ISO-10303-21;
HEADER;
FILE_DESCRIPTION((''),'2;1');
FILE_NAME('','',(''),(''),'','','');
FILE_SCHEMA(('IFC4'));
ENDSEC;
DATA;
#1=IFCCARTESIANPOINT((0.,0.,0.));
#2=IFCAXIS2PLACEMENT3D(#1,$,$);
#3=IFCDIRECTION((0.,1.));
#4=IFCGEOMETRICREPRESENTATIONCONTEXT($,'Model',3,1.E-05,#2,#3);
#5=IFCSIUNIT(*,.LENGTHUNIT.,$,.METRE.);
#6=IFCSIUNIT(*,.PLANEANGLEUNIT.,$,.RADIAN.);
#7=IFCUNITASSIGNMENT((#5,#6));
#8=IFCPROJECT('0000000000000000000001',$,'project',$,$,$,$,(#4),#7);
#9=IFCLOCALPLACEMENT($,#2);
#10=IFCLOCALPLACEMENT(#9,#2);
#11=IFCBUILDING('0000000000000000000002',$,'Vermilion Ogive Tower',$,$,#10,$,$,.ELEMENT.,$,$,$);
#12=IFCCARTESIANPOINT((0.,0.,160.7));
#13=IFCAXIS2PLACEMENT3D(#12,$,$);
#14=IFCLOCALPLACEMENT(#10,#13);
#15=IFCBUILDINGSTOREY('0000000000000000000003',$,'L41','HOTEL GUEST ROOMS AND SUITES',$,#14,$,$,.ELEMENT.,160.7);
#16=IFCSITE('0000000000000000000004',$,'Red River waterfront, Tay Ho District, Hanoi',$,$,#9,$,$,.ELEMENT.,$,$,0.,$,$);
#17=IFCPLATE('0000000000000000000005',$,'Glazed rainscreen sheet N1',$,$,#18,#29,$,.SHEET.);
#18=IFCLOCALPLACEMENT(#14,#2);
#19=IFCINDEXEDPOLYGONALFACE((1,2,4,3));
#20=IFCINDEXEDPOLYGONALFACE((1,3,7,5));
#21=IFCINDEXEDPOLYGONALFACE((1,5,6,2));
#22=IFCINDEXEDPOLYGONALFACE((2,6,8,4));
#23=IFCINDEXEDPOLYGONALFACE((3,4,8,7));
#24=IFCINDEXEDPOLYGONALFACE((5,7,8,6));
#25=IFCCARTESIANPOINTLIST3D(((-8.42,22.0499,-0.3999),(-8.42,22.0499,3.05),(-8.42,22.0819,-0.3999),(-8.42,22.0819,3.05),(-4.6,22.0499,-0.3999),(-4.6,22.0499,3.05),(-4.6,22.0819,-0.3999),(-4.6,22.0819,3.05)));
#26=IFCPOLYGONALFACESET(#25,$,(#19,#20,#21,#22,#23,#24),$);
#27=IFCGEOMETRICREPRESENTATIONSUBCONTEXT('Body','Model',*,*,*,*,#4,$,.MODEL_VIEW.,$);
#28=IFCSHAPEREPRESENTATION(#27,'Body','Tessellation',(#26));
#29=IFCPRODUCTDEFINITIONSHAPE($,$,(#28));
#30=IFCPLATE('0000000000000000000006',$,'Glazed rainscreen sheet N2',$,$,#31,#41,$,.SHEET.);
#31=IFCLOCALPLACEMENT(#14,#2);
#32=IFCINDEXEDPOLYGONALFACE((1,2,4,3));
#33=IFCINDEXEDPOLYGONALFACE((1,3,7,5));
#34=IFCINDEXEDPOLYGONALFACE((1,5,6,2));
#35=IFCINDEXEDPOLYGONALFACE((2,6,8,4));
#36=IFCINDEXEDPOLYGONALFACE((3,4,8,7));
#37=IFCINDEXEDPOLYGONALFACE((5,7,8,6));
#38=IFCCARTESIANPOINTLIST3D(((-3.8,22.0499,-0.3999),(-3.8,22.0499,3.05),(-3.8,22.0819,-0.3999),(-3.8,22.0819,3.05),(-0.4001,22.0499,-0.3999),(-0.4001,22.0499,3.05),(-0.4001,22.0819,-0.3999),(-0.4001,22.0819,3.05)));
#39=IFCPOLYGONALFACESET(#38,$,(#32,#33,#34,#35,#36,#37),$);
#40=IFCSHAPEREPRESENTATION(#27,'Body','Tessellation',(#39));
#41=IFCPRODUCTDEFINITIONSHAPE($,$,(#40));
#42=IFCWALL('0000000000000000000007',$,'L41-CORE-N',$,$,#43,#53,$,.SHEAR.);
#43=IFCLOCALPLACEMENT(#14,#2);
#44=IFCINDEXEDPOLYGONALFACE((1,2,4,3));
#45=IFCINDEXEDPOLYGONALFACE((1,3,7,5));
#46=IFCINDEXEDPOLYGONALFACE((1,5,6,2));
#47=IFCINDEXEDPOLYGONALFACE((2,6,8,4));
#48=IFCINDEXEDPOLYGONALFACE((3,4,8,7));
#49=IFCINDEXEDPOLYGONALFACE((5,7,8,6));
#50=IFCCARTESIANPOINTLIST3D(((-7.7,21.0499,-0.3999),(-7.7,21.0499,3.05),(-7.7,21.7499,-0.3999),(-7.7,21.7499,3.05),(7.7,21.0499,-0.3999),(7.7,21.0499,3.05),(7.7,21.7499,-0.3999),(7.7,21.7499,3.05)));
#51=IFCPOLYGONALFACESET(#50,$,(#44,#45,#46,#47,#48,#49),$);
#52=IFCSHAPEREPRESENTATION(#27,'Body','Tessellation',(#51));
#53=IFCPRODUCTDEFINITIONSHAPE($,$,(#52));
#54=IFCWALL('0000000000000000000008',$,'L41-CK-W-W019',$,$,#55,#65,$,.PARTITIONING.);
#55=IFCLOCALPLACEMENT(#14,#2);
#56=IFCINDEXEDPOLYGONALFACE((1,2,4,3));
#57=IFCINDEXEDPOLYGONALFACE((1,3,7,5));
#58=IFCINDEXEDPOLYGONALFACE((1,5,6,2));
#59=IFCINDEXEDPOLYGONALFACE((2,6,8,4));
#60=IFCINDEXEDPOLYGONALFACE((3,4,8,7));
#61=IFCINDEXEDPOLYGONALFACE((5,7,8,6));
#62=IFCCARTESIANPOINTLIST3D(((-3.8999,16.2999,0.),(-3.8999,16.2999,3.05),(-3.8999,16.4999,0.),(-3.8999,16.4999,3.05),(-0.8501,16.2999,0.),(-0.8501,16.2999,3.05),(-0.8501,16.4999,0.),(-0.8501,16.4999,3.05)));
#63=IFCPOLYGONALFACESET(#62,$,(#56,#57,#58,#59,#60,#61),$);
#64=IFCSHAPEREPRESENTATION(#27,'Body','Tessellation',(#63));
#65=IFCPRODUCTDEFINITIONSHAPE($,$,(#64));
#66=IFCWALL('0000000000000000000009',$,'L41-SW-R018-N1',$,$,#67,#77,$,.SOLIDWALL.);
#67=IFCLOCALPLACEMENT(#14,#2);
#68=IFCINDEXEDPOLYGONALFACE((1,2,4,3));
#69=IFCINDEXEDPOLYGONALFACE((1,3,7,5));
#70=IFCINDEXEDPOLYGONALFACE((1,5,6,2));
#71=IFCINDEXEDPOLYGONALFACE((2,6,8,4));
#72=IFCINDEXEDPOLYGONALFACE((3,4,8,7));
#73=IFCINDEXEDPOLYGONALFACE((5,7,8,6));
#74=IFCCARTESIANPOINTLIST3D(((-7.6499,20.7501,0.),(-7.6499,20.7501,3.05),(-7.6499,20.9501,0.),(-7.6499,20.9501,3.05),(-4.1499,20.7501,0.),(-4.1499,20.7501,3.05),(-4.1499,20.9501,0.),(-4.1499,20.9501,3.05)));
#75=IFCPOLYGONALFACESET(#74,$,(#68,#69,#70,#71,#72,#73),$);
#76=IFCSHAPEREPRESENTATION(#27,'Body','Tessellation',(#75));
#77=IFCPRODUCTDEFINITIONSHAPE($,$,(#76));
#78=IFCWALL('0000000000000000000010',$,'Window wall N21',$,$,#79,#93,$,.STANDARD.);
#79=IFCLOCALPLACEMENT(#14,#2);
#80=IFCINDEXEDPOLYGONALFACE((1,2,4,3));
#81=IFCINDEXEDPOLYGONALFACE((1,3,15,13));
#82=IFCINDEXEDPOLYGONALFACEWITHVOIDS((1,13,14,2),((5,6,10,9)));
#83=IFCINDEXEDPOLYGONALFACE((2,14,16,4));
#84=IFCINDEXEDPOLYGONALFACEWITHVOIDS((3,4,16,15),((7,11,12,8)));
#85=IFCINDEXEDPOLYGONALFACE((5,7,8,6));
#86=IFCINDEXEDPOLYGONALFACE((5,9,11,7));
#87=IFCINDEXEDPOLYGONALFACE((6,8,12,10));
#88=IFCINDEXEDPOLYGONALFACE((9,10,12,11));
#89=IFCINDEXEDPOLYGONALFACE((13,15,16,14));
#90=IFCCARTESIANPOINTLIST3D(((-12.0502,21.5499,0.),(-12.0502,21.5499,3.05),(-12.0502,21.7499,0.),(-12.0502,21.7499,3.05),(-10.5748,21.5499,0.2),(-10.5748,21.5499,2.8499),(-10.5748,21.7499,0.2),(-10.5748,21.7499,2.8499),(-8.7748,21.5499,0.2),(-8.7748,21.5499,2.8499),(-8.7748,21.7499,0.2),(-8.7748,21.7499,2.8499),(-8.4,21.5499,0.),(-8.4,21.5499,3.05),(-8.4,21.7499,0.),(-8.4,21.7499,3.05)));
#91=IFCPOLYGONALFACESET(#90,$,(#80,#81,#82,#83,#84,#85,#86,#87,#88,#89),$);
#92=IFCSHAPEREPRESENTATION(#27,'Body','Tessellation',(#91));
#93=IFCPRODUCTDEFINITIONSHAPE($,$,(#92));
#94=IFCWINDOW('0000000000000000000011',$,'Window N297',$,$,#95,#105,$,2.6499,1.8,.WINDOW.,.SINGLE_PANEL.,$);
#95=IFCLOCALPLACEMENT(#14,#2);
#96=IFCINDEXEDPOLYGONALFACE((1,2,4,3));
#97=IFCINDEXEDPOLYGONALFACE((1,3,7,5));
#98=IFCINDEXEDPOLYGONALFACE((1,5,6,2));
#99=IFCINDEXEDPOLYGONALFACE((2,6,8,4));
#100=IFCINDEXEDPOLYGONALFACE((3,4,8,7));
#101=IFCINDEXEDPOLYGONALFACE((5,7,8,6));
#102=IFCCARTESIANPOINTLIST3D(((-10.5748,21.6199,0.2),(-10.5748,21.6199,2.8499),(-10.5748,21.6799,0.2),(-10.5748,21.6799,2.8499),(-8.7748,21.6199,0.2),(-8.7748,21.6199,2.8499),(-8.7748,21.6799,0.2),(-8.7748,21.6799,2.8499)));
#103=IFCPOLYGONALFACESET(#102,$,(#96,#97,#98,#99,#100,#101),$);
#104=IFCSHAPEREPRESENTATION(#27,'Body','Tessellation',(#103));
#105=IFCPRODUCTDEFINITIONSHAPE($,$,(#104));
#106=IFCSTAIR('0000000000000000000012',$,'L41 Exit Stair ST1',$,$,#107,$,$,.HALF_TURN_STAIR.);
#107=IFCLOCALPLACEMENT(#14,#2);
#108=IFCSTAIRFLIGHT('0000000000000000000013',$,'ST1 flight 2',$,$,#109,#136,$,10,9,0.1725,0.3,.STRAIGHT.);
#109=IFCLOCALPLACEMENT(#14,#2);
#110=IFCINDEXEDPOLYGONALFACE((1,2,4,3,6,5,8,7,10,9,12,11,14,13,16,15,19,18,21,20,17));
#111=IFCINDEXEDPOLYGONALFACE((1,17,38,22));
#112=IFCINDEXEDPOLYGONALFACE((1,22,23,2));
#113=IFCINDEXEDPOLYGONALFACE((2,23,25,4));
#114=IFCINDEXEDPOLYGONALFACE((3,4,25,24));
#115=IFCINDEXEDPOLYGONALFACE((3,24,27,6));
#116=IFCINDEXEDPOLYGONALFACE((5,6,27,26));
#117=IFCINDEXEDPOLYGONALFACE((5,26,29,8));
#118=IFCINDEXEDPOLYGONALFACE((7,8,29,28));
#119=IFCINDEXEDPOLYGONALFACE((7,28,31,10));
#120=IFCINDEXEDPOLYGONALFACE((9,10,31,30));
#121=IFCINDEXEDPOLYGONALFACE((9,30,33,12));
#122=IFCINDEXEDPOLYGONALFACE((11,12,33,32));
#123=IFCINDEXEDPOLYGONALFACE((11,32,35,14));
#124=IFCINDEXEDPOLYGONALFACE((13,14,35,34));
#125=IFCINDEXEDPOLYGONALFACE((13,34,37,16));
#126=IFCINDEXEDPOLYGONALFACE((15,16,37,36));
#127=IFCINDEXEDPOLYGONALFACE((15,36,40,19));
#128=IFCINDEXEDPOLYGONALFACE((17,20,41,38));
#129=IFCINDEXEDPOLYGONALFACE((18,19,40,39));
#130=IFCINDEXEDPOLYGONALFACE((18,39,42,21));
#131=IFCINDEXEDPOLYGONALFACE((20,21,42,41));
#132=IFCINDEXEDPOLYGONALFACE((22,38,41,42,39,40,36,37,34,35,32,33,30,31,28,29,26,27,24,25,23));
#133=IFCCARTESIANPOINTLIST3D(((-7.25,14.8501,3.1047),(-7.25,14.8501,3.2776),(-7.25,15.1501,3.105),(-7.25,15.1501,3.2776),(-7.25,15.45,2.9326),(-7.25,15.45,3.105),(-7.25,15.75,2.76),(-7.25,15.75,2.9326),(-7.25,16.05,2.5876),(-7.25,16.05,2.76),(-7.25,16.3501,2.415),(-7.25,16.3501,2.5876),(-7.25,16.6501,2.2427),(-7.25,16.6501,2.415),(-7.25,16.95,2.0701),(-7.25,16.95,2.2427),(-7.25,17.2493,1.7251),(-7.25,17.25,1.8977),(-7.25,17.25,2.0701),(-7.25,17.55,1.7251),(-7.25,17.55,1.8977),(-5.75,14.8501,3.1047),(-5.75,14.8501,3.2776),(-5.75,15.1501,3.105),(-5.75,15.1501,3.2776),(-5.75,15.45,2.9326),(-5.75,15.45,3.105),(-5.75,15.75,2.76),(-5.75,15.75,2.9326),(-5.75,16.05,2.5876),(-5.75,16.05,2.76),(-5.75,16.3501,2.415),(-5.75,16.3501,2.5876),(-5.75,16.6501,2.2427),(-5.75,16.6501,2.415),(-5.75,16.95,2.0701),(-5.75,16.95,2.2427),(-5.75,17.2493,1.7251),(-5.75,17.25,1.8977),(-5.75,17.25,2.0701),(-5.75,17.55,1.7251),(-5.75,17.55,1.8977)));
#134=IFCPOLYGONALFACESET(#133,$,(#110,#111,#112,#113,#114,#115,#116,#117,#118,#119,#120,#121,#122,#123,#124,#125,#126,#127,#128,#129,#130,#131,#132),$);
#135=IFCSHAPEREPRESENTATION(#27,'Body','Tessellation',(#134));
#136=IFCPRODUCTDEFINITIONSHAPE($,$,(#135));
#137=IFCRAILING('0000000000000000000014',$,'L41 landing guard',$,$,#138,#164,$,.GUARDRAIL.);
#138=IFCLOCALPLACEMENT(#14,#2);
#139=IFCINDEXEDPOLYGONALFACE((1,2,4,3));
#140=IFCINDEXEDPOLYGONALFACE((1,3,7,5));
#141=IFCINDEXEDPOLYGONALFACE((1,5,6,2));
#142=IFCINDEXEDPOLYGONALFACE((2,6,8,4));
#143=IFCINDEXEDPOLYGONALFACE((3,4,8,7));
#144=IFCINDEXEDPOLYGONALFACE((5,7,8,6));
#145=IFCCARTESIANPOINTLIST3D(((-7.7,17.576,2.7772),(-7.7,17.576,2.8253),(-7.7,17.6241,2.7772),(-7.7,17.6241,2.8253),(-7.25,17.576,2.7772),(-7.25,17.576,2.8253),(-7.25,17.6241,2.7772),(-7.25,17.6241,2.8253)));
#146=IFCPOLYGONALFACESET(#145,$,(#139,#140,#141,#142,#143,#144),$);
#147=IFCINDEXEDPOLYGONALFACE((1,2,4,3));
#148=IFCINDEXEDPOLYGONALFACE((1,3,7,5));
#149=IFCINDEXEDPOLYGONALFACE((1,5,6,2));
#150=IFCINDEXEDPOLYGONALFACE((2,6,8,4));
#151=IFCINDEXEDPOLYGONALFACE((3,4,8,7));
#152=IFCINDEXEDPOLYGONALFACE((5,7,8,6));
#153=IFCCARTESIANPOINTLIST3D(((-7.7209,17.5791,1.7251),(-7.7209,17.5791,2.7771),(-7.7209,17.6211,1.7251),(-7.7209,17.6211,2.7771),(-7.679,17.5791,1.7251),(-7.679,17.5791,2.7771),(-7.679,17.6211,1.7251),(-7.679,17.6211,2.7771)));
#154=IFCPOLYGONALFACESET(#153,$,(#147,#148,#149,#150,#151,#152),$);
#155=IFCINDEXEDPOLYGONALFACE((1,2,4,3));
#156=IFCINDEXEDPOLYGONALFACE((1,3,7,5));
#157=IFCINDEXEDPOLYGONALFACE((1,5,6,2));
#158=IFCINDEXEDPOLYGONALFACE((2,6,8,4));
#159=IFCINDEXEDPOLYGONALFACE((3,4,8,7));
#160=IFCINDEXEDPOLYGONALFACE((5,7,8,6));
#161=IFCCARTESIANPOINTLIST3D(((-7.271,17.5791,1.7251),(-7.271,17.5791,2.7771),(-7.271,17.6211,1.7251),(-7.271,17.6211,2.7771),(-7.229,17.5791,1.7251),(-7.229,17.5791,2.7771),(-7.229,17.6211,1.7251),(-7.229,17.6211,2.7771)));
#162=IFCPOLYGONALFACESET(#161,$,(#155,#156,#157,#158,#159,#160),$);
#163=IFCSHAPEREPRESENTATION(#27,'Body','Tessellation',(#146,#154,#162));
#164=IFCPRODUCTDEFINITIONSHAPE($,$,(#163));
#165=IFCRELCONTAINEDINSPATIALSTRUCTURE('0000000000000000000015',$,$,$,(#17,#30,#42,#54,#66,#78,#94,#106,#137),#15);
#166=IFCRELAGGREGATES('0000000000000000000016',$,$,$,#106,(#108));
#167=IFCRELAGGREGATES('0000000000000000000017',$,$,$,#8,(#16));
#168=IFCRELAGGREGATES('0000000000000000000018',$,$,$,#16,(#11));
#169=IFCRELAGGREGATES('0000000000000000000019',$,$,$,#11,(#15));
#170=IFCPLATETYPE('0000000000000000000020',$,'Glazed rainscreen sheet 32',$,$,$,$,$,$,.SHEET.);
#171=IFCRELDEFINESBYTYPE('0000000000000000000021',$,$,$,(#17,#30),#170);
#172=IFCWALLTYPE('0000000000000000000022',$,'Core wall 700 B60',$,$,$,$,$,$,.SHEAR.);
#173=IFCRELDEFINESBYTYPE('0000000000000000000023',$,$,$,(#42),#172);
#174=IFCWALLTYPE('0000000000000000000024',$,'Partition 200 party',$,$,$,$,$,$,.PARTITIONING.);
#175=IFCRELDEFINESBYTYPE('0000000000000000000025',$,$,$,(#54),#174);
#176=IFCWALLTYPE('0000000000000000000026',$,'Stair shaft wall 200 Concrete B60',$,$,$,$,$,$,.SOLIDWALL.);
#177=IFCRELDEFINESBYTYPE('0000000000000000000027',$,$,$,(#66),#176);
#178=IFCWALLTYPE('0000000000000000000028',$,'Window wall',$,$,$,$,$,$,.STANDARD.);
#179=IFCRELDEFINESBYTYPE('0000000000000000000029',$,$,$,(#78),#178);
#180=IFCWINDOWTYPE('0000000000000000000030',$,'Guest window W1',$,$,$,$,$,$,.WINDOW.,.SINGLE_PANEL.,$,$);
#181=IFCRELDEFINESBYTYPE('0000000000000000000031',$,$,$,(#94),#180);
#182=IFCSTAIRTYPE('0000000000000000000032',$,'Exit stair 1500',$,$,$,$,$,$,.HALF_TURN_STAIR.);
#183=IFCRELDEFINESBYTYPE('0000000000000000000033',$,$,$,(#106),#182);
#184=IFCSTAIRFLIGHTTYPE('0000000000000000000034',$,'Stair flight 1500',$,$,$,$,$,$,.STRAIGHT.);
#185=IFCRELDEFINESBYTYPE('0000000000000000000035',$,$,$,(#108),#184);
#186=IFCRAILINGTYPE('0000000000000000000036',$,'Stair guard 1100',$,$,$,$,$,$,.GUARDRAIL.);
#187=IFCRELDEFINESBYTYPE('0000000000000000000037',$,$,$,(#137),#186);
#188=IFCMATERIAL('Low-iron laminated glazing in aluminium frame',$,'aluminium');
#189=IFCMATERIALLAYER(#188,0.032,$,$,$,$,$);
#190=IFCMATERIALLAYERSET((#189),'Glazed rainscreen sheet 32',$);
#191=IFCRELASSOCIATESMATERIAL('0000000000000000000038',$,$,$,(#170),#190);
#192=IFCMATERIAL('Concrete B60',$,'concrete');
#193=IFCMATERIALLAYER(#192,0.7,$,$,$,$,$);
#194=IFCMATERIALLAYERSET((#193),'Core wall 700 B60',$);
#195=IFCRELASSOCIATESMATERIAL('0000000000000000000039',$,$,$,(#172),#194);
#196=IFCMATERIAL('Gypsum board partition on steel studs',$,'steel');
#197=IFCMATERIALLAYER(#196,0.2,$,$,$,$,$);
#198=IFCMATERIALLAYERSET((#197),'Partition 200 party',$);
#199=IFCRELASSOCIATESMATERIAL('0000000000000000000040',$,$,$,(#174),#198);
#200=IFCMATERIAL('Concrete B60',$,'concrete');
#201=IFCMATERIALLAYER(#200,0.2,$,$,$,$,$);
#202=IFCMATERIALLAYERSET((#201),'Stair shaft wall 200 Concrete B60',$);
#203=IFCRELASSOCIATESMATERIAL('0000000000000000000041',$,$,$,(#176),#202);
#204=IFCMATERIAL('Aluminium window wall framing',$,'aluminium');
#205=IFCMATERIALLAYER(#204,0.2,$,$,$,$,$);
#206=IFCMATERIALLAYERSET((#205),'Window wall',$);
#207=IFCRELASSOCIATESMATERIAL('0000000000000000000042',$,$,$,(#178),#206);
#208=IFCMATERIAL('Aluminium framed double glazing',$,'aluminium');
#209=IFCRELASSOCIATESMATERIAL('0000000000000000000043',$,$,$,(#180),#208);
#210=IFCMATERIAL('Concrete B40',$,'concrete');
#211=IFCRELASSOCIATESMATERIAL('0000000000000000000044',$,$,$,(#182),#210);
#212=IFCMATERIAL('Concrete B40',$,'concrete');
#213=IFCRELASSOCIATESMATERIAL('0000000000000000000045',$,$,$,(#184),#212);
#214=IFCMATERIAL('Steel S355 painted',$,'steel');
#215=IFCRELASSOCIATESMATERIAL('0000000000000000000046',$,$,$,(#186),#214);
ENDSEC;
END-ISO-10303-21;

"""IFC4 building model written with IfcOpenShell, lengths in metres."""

from ifc_helpers import new_model, si_unit, direction, frame, frame_2d, origin, origin_2d, place, context, subcontext, project, spatial, polyline, rectangle, outline, extrude, material, layer, layer_set, type_object, element, fill, aggregate, save


model = new_model("IFC4")

# Units and contexts
model_context = context("Model", 3, precision=1e-05, world=origin(), true_north=direction((0.0, 1.0)))
body_context = subcontext(model_context, "Body", "Model", "MODEL_VIEW")
ifc_project = project(units=[si_unit("LENGTHUNIT", "METRE"), si_unit("PLANEANGLEUNIT", "RADIAN")], contexts=[model_context])

# Site, building, storey
site_placement = place(None, origin())
site = spatial("IfcSite", under=ifc_project, at=site_placement, Name="Red River waterfront, Tay Ho District, Hanoi", CompositionType="ELEMENT", RefElevation=0.0)
building_placement = place(site_placement, origin())
building = spatial("IfcBuilding", under=site, at=building_placement, Name="Vermilion Ogive Tower", CompositionType="ELEMENT")
storey_placement = place(building_placement, frame((0.0, 0.0, 160.7)))
storey = spatial("IfcBuildingStorey", under=building, at=storey_placement, Name="L41", Description="HOTEL GUEST ROOMS AND SUITES", CompositionType="ELEMENT", Elevation=160.7)

# Plates
ifc_material_1 = material(Name="Low-iron laminated glazing in aluminium frame", Category="aluminium")
ifc_layer_1 = layer(ifc_material_1, 0.032)
ifc_layer_set_1 = layer_set([ifc_layer_1], Name="Glazed rainscreen sheet 32")
plate_type = type_object("IfcPlateType", Name="Glazed rainscreen sheet 32", PredefinedType="SHEET", material=ifc_layer_set_1)
plate_1_placement = place(storey_placement, frame((-6.51, 22.0659, -0.3999), z_axis=(0.0, 0.0, 1.0), x_axis=(1.0, 0.0, 0.0)))
element("IfcPlate", 1, at=plate_1_placement, inside=storey, type_object=plate_type, Name="Glazed rainscreen sheet N1", PredefinedType="SHEET", context=body_context, shape_type="SweptSolid", body=[
    extrude(rectangle(XDim=3.8201, YDim=0.032, at=origin_2d()), origin(), (0.0, 0.0, 1.0), 3.45),
])
plate_2_placement = place(storey_placement, frame((-2.1001, 22.0659, -0.3999), z_axis=(0.0, 0.0, 1.0), x_axis=(1.0, 0.0, 0.0)))
element("IfcPlate", 2, at=plate_2_placement, inside=storey, type_object=plate_type, Name="Glazed rainscreen sheet N2", PredefinedType="SHEET", context=body_context, shape_type="SweptSolid", body=[
    extrude(rectangle(XDim=3.3999, YDim=0.032, at=origin_2d()), origin(), (0.0, 0.0, 1.0), 3.45),
])

# Walls
ifc_material_2 = material(Name="Concrete B60", Category="concrete")
ifc_layer_2 = layer(ifc_material_2, 0.7)
ifc_layer_set_2 = layer_set([ifc_layer_2], Name="Core wall 700 B60")
wall_type_1 = type_object("IfcWallType", Name="Core wall 700 B60", PredefinedType="SHEAR", material=ifc_layer_set_2)
wall_1_placement = place(storey_placement, frame((-7.7, 21.3999, -0.3999), z_axis=(0.0, 0.0, 1.0), x_axis=(1.0, 0.0, 0.0)))
element("IfcWall", 3, at=wall_1_placement, inside=storey, type_object=wall_type_1, Name="L41-CORE-N", PredefinedType="SHEAR", context=body_context, shape_type="SweptSolid", body=[
    extrude(rectangle(XDim=15.3999, YDim=0.7, at=frame_2d((7.7, 0.0))), origin(), (0.0, 0.0, 1.0), 3.45),
])
ifc_material_3 = material(Name="Gypsum board partition on steel studs", Category="steel")
ifc_layer_3 = layer(ifc_material_3, 0.2)
ifc_layer_set_3 = layer_set([ifc_layer_3], Name="Partition 200 party")
wall_type_2 = type_object("IfcWallType", Name="Partition 200 party", PredefinedType="PARTITIONING", material=ifc_layer_set_3)
wall_2_placement = place(storey_placement, frame((-3.8999, 16.3999, 0.0), z_axis=(0.0, 0.0, 1.0), x_axis=(1.0, 0.0, 0.0)))
element("IfcWall", 4, at=wall_2_placement, inside=storey, type_object=wall_type_2, Name="L41-CK-W-W019", PredefinedType="PARTITIONING", context=body_context, shape_type="SweptSolid", body=[
    extrude(rectangle(XDim=3.0498, YDim=0.2, at=frame_2d((1.5249, 0.0))), origin(), (0.0, 0.0, 1.0), 3.05),
])
ifc_material_4 = material(Name="Concrete B60", Category="concrete")
ifc_layer_4 = layer(ifc_material_4, 0.2)
ifc_layer_set_4 = layer_set([ifc_layer_4], Name="Stair shaft wall 200 Concrete B60")
wall_type_3 = type_object("IfcWallType", Name="Stair shaft wall 200 Concrete B60", PredefinedType="SOLIDWALL", material=ifc_layer_set_4)
wall_3_placement = place(storey_placement, frame((-7.6499, 20.8501, 0.0), z_axis=(0.0, 0.0, 1.0), x_axis=(1.0, 0.0, 0.0)))
element("IfcWall", 5, at=wall_3_placement, inside=storey, type_object=wall_type_3, Name="L41-SW-R018-N1", PredefinedType="SOLIDWALL", context=body_context, shape_type="SweptSolid", body=[
    extrude(rectangle(XDim=3.5, YDim=0.2, at=frame_2d((1.75, 0.0))), origin(), (0.0, 0.0, 1.0), 3.05),
])

# Wall, opening, window
ifc_material_5 = material(Name="Aluminium window wall framing", Category="aluminium")
ifc_layer_5 = layer(ifc_material_5, 0.2)
ifc_layer_set_5 = layer_set([ifc_layer_5], Name="Window wall")
wall_type_4 = type_object("IfcWallType", Name="Window wall", PredefinedType="STANDARD", material=ifc_layer_set_5)
wall_4_placement = place(storey_placement, frame((-8.3999, 21.6499, 0.0), z_axis=(0.0, 0.0, 1.0), x_axis=(-1.0, 0.0, 0.0)))
wall_4 = element("IfcWall", 6, at=wall_4_placement, inside=storey, type_object=wall_type_4, Name="Window wall N21", PredefinedType="STANDARD", context=body_context, shape_type="SweptSolid", body=[
    extrude(rectangle(XDim=3.6501, YDim=0.2, at=frame_2d((1.8252, 0.0))), origin(), (0.0, 0.0, 1.0), 3.05),
])
opening_placement = place(wall_4_placement, frame((0.375, 0.0, 0.2)))
opening = element("IfcOpeningElement", 7, at=opening_placement, cuts=wall_4, PredefinedType="OPENING", context=body_context, shape_type="SweptSolid", body=[
    extrude(rectangle(XDim=1.8, YDim=2.6499, at=frame_2d((0.8999, 1.325))), frame((0.0, 0.1099, 0.0), z_axis=(0.0, -1.0, 0.0), x_axis=(1.0, 0.0, 0.0)), (0.0, 0.0, 1.0), 0.22),
])
ifc_material_6 = material(Name="Aluminium framed double glazing", Category="aluminium")
window_type = type_object("IfcWindowType", Name="Guest window W1", PartitioningType="SINGLE_PANEL", PredefinedType="WINDOW", material=ifc_material_6)
window_placement = place(opening_placement, origin())
window = element("IfcWindow", 8, at=window_placement, inside=storey, type_object=window_type, Name="Window N297", OverallHeight=2.6499, OverallWidth=1.8, PartitioningType="SINGLE_PANEL", PredefinedType="WINDOW", context=body_context, shape_type="SweptSolid", body=[
    extrude(rectangle(XDim=1.8, YDim=2.6499, at=frame_2d((0.8999, 1.325))), frame((0.0, 0.03, 0.0), z_axis=(0.0, -1.0, 0.0), x_axis=(1.0, 0.0, 0.0)), (0.0, 0.0, 1.0), 0.0601),
])
fill(opening, window)

# Stair, stair flight
ifc_material_7 = material(Name="Concrete B40", Category="concrete")
stair_type = type_object("IfcStairType", Name="Exit stair 1500", PredefinedType="HALF_TURN_STAIR", material=ifc_material_7)
stair_placement = place(storey_placement, origin())
stair = element("IfcStair", 9, at=stair_placement, inside=storey, type_object=stair_type, Name="L41 Exit Stair ST1", PredefinedType="HALF_TURN_STAIR")
ifc_material_8 = material(Name="Concrete B40", Category="concrete")
stair_flight_type = type_object("IfcStairFlightType", Name="Stair flight 1500", PredefinedType="STRAIGHT", material=ifc_material_8)
stair_flight_placement = place(storey_placement, frame((-6.5, 17.55, 1.7251), z_axis=(0.0, 0.0, 1.0), x_axis=(0.0, -1.0, 0.0)))
stair_flight = element("IfcStairFlight", 10, at=stair_flight_placement, type_object=stair_flight_type, Name="ST1 flight 2", NumberOfRisers=10, NumberOfTreads=9, PredefinedType="STRAIGHT", RiserHeight=0.1725, TreadLength=0.3, context=body_context, shape_type="SweptSolid", body=[
    extrude(outline(polyline([(0.0, 0.0), (0.0, 0.1726), (0.3, 0.1726), (0.3, 0.345), (0.6001, 0.345), (0.6001, 0.5176), (0.8999, 0.5176), (0.8999, 0.6899), (1.2, 0.6899), (1.2, 0.8625), (1.5, 0.8625), (1.5, 1.0349), (1.8, 1.0349), (1.8, 1.2075), (2.1001, 1.2075), (2.1001, 1.3799), (2.3999, 1.3799), (2.3999, 1.5525), (2.7, 1.5525), (2.7, 1.7251), (2.7, 1.3796), (0.3008, 0.0), (0.0, 0.0)])), frame((0.0, 0.75, 0.0), z_axis=(0.0, -1.0, 0.0), x_axis=(1.0, 0.0, 0.0)), (0.0, 0.0, 1.0), 1.5),
])
aggregate(stair, [stair_flight])

# Railing
ifc_material_9 = material(Name="Steel S355 painted", Category="steel")
railing_type_1 = type_object("IfcRailingType", Name="Stair guard 1100", PredefinedType="GUARDRAIL", material=ifc_material_9)
railing_1_placement = place(storey_placement, frame((-7.7, 17.6001, 1.7251)))
element("IfcRailing", 11, at=railing_1_placement, inside=storey, type_object=railing_type_1, Name="L41 landing guard", PredefinedType="GUARDRAIL", context=body_context, shape_type="SweptSolid", body=[
    extrude(rectangle(XDim=0.0481, YDim=0.0481, at=origin_2d()), frame((0.0, 0.0, 1.0762), z_axis=(1.0, 0.0, 0.0), x_axis=(0.0, 1.0, 0.0)), (0.0, 0.0, 1.0), 0.45),
    extrude(rectangle(XDim=0.042, YDim=0.042, at=origin_2d()), origin(), (0.0, 0.0, 1.0), 1.052),
    extrude(rectangle(XDim=0.042, YDim=0.042, at=origin_2d()), frame((0.45, 0.0, 0.0)), (0.0, 0.0, 1.0), 1.052),
])

save(model, "model.ifc")
